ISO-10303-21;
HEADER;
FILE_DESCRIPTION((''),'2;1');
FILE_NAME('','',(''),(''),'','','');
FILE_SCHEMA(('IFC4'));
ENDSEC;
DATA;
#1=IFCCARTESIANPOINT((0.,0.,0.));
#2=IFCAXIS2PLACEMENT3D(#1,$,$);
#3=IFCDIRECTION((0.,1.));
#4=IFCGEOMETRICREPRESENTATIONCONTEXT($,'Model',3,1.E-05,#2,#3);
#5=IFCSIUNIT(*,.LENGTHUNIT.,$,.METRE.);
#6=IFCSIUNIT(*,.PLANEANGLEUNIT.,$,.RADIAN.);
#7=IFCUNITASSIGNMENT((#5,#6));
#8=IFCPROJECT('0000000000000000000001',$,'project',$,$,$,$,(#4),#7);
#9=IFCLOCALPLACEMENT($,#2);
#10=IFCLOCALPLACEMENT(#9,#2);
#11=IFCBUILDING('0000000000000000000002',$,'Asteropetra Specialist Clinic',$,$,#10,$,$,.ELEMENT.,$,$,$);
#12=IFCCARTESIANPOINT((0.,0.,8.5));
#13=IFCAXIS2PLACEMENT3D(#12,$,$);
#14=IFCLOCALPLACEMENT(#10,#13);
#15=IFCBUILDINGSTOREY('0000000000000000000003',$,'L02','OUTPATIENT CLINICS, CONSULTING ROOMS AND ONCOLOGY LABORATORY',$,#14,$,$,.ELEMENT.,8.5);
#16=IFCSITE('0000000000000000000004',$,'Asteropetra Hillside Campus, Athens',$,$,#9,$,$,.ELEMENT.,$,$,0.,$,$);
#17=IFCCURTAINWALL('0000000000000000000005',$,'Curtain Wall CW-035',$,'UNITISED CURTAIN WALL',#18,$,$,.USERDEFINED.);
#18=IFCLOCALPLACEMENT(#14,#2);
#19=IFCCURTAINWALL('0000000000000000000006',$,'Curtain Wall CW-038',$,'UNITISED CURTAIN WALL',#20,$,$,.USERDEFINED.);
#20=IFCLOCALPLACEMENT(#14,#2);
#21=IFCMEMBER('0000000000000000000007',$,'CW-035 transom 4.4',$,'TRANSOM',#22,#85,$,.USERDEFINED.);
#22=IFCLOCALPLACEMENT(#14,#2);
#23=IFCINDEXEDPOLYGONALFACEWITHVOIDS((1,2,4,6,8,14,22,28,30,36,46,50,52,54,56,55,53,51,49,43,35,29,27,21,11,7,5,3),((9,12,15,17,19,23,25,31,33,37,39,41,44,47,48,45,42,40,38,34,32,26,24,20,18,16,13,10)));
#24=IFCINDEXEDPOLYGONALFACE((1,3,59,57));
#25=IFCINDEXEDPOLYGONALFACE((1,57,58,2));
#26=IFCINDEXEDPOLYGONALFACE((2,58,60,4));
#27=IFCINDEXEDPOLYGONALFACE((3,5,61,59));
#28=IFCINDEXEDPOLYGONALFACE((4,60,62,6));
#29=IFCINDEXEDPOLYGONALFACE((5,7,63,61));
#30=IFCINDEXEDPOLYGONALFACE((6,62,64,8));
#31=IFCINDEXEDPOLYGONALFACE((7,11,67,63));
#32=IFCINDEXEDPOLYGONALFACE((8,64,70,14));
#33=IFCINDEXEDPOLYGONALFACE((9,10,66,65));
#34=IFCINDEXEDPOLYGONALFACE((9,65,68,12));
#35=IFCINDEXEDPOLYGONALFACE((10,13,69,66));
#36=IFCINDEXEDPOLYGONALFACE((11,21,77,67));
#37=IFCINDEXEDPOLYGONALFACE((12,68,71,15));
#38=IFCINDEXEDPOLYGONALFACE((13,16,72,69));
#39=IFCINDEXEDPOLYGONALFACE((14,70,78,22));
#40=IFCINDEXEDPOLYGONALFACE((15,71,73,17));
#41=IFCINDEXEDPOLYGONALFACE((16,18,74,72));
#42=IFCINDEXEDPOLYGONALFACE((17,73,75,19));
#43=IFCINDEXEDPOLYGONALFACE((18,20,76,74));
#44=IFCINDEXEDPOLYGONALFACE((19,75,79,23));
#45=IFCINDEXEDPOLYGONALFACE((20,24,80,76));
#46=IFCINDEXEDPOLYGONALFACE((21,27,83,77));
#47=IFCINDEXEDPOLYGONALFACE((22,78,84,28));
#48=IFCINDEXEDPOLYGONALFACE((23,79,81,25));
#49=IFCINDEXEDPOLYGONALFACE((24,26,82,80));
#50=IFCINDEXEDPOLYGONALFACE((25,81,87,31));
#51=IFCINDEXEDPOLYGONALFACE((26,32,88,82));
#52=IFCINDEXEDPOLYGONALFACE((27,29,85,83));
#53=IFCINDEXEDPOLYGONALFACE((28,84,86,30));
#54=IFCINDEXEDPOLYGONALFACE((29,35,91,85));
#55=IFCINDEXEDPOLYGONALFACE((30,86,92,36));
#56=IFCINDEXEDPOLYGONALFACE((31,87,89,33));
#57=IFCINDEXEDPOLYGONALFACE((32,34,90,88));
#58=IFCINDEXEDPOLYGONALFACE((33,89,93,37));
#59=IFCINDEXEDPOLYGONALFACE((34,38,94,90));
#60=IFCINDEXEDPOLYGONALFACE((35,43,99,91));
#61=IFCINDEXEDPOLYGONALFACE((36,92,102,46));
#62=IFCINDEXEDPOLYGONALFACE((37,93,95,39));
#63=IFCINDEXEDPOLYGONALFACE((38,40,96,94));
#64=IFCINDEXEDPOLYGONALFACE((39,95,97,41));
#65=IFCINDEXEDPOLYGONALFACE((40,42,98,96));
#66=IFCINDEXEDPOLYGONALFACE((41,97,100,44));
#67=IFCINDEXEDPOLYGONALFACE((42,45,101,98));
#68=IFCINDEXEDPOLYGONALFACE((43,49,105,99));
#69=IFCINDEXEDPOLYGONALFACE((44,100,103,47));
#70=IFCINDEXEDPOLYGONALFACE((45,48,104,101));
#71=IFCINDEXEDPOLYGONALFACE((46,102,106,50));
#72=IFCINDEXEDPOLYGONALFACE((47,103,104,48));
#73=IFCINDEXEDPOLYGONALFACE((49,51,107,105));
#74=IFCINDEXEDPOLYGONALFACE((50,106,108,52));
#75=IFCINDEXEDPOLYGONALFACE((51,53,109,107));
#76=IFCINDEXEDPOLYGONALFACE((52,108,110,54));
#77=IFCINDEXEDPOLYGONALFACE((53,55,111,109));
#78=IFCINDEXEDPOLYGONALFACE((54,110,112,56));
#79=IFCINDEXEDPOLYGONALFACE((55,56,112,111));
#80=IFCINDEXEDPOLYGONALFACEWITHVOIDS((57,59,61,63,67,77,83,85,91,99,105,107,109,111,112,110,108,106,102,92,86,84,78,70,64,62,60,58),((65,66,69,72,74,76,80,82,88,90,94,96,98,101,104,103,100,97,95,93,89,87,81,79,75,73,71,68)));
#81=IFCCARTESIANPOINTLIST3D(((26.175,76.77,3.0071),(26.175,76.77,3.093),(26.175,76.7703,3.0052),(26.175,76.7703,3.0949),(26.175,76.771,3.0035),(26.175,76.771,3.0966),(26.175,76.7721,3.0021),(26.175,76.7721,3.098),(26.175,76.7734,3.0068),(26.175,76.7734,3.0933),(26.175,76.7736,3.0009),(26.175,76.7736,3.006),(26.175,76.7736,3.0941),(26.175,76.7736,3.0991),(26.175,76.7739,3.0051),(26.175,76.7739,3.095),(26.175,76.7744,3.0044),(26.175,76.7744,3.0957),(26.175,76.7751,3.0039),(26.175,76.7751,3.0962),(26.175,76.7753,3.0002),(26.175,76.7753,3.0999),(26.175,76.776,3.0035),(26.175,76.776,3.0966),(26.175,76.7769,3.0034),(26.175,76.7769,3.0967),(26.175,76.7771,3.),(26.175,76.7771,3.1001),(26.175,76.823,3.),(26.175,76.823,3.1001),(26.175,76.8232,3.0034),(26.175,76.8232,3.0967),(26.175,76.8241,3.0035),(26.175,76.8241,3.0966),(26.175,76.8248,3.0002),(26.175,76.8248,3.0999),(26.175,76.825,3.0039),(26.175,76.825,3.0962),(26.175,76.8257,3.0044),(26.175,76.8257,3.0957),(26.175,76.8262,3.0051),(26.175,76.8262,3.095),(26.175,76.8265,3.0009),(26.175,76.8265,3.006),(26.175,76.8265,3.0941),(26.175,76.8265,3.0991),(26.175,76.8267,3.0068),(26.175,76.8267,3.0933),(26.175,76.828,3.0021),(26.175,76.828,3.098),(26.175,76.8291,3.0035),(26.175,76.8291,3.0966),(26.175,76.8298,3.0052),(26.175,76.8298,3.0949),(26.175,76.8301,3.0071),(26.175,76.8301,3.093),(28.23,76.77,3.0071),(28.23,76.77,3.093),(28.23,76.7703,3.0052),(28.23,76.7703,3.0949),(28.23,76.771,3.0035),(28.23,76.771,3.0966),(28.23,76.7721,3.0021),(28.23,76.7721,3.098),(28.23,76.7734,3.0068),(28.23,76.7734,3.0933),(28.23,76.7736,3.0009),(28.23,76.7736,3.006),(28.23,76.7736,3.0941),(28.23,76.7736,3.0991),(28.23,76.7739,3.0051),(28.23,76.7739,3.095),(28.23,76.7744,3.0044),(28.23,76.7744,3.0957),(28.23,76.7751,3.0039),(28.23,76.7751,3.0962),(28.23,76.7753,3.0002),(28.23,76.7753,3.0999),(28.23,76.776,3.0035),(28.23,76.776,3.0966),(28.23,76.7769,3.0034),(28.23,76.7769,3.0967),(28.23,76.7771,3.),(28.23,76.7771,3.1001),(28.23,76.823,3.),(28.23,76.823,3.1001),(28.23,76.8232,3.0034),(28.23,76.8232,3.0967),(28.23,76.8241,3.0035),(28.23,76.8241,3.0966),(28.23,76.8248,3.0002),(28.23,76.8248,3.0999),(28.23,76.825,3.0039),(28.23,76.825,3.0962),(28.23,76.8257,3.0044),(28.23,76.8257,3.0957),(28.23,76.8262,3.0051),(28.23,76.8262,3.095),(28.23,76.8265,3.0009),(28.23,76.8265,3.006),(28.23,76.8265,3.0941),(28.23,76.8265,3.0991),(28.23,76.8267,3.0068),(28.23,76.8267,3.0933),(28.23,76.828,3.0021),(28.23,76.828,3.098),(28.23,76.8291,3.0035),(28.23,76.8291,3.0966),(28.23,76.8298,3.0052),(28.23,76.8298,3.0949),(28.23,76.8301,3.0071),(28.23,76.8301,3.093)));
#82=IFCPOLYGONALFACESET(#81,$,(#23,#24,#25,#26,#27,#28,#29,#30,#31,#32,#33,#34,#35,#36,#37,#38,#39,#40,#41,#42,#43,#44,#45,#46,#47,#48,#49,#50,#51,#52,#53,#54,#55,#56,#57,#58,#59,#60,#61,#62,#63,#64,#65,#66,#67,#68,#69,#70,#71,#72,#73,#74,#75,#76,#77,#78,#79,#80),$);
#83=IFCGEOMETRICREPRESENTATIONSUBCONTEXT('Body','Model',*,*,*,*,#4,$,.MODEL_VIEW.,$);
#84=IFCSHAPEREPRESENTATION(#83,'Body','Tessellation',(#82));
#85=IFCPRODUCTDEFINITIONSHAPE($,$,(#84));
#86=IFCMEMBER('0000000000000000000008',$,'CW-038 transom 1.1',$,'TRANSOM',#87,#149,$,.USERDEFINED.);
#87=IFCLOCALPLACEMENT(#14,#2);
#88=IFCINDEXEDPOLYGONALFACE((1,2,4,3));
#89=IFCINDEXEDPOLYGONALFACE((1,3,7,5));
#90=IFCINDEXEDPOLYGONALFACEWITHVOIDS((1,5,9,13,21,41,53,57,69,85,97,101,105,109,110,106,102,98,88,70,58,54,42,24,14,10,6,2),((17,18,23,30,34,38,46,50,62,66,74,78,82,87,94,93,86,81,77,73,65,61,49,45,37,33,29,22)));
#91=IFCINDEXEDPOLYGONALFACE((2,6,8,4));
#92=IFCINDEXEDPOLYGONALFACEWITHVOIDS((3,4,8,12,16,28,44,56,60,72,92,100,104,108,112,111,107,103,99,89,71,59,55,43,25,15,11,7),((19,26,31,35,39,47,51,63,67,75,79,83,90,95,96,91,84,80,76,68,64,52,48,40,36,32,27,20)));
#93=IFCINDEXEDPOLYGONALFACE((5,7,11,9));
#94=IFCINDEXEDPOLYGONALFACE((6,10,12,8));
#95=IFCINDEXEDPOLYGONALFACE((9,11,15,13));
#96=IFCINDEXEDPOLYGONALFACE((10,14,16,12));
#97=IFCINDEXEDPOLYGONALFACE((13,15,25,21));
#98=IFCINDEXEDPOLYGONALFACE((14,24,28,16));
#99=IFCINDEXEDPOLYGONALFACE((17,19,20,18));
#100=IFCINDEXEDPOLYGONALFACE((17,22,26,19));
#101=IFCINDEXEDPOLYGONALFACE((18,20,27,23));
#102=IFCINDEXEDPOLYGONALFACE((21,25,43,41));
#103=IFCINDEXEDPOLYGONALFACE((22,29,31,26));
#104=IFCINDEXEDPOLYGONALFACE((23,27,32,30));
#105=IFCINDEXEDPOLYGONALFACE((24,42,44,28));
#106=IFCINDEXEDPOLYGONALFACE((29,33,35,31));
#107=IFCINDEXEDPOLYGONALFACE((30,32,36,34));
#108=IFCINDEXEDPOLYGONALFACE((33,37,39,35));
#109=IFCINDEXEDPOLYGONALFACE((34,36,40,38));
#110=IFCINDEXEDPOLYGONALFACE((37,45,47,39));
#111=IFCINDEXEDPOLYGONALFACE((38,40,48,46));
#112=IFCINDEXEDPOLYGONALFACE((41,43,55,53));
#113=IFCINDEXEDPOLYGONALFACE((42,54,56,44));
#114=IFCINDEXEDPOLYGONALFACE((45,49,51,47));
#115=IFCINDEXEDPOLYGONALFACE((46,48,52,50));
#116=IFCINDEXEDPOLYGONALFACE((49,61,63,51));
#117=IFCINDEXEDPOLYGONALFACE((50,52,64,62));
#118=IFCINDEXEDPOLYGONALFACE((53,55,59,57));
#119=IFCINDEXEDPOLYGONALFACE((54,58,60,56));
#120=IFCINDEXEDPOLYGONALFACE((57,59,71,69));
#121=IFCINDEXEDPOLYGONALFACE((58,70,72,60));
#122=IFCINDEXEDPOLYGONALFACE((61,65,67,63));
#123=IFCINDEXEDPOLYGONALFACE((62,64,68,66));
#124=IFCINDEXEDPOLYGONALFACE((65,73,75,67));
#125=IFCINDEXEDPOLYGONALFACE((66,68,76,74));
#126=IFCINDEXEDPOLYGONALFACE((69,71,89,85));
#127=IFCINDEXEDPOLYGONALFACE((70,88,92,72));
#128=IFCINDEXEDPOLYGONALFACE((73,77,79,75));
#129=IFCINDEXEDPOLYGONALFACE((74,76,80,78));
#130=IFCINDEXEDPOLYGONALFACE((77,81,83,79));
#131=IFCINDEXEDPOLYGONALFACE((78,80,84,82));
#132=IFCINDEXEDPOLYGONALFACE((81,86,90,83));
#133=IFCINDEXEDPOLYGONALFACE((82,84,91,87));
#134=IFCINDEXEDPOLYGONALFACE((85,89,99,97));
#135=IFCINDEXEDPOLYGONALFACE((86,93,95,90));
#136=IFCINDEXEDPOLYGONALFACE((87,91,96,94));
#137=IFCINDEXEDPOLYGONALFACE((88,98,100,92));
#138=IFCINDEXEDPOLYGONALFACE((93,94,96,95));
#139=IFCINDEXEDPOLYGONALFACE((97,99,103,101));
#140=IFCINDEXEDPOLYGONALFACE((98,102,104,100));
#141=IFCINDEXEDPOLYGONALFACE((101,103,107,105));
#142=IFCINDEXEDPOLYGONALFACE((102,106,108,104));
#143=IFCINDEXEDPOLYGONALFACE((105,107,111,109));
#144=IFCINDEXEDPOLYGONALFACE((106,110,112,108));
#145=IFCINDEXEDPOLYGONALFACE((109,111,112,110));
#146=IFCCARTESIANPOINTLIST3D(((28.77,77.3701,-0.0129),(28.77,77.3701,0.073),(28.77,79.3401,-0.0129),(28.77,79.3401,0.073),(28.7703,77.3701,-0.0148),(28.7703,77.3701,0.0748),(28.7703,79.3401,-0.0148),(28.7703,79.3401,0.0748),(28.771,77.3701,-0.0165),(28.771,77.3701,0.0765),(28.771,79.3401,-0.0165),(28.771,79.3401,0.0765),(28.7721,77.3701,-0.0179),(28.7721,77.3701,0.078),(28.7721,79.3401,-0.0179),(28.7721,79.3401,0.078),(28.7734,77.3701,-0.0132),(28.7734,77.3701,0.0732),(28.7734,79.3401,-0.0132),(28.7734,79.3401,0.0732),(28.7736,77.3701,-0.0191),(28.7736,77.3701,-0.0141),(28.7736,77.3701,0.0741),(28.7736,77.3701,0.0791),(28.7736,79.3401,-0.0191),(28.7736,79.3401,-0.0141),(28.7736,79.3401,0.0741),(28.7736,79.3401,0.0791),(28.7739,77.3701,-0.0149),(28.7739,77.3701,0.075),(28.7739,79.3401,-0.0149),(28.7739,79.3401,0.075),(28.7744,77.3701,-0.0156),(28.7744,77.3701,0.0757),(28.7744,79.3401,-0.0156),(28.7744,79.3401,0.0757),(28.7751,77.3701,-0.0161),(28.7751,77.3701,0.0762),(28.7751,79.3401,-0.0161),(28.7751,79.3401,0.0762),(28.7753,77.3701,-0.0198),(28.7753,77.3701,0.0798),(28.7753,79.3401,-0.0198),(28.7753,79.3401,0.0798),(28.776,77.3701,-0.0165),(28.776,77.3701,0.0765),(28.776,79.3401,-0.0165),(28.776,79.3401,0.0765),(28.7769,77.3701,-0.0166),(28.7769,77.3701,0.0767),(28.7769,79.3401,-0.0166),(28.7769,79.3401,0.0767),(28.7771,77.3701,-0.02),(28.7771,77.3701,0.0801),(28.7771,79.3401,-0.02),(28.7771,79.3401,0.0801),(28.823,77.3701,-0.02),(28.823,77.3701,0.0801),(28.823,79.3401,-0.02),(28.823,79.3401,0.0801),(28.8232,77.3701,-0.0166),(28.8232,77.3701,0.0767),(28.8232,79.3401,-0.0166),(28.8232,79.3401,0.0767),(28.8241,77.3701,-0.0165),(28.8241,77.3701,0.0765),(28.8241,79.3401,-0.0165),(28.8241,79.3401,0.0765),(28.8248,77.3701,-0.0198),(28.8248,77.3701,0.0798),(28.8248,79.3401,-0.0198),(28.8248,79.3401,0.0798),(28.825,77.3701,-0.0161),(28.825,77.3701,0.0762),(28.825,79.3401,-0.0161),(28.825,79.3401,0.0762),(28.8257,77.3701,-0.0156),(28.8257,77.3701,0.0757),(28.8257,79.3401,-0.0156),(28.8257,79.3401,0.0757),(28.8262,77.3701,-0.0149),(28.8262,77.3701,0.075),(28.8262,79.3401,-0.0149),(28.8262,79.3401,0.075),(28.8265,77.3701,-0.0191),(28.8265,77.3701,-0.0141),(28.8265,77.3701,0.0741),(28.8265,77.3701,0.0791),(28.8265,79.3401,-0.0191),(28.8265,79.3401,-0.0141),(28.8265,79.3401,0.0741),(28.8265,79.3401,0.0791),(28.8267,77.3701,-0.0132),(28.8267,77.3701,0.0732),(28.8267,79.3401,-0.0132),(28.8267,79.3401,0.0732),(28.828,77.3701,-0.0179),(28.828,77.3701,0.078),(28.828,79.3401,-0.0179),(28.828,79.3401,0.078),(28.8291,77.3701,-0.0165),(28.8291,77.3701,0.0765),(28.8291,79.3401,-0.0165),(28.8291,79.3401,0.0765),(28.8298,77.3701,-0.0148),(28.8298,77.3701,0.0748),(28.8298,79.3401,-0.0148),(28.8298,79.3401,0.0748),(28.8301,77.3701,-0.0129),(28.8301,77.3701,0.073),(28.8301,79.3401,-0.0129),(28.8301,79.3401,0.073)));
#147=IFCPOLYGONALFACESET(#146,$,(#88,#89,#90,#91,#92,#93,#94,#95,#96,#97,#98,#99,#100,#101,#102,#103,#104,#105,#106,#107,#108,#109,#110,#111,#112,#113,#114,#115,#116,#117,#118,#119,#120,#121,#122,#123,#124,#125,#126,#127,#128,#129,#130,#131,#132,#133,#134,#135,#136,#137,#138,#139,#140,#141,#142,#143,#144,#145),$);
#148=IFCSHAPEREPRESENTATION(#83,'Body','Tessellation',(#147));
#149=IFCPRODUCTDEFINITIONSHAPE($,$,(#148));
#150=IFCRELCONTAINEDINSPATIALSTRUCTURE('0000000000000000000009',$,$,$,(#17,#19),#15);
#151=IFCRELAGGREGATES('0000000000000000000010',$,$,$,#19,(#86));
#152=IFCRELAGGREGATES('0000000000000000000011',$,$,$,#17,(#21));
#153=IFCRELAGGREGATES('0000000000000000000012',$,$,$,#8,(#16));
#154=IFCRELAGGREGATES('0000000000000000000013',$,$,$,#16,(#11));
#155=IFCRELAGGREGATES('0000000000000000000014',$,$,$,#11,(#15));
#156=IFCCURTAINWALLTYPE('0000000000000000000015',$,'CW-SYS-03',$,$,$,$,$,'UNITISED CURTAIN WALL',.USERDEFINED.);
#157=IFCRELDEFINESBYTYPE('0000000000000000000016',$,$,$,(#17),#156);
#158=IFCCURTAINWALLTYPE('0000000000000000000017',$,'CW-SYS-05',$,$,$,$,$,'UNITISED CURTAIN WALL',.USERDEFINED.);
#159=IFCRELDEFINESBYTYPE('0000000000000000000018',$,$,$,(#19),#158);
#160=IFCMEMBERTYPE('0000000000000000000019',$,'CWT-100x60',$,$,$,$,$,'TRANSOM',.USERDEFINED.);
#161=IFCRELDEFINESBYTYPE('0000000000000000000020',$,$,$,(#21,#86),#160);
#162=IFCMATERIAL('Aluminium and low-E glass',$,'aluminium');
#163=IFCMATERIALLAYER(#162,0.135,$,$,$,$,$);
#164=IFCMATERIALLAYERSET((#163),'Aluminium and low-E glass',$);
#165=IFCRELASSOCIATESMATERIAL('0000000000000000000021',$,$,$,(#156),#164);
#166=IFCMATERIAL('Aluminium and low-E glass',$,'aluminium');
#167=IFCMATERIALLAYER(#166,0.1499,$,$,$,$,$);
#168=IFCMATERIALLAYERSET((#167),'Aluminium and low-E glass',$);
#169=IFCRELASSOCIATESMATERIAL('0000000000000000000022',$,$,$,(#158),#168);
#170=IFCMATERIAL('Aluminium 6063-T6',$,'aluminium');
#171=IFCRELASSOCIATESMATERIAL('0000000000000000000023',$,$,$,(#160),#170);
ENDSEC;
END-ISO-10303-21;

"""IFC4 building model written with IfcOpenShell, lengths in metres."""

from ifc_helpers import new_model, si_unit, direction, frame, origin, origin_2d, place, context, subcontext, project, spatial, hollow_rectangle, extrude, material, layer, layer_set, material_profile, profile_set, type_object, element, aggregate, save


model = new_model("IFC4")

# Units and contexts
model_context = context("Model", 3, precision=1e-05, world=origin(), true_north=direction((0.0, 1.0)))
body_context = subcontext(model_context, "Body", "Model", "MODEL_VIEW")
ifc_project = project(units=[si_unit("LENGTHUNIT", "METRE"), si_unit("PLANEANGLEUNIT", "RADIAN")], contexts=[model_context])

# Site, building, storey
site_placement = place(None, origin())
site = spatial("IfcSite", under=ifc_project, at=site_placement, Name="Asteropetra Hillside Campus, Athens", CompositionType="ELEMENT", RefElevation=0.0)
building_placement = place(site_placement, origin())
building = spatial("IfcBuilding", under=site, at=building_placement, Name="Asteropetra Specialist Clinic", CompositionType="ELEMENT")
storey_placement = place(building_placement, frame((0.0, 0.0, 8.5)))
storey = spatial("IfcBuildingStorey", under=building, at=storey_placement, Name="L02", Description="OUTPATIENT CLINICS, CONSULTING ROOMS AND ONCOLOGY LABORATORY", CompositionType="ELEMENT", Elevation=8.5)

# Curtain walls
ifc_material_1 = material(Name="Aluminium and low-E glass", Category="aluminium")
ifc_layer_1 = layer(ifc_material_1, 0.135)
ifc_layer_set_1 = layer_set([ifc_layer_1], Name="Aluminium and low-E glass")
curtain_wall_type_1 = type_object("IfcCurtainWallType", Name="CW-SYS-03", ElementType="UNITISED CURTAIN WALL", PredefinedType="USERDEFINED", material=ifc_layer_set_1)
curtain_wall_1_placement = place(storey_placement, origin())
curtain_wall_1 = element("IfcCurtainWall", 1, at=curtain_wall_1_placement, inside=storey, type_object=curtain_wall_type_1, Name="Curtain Wall CW-035", ObjectType="UNITISED CURTAIN WALL", PredefinedType="USERDEFINED")
ifc_material_2 = material(Name="Aluminium and low-E glass", Category="aluminium")
ifc_layer_2 = layer(ifc_material_2, 0.1499)
ifc_layer_set_2 = layer_set([ifc_layer_2], Name="Aluminium and low-E glass")
curtain_wall_type_2 = type_object("IfcCurtainWallType", Name="CW-SYS-05", ElementType="UNITISED CURTAIN WALL", PredefinedType="USERDEFINED", material=ifc_layer_set_2)
curtain_wall_2_placement = place(storey_placement, origin())
curtain_wall_2 = element("IfcCurtainWall", 2, at=curtain_wall_2_placement, inside=storey, type_object=curtain_wall_type_2, Name="Curtain Wall CW-038", ObjectType="UNITISED CURTAIN WALL", PredefinedType="USERDEFINED")

# Members
ifc_material_3 = material(Name="Aluminium 6063-T6", Category="aluminium")
ifc_material_profile_1 = material_profile(ifc_material_3, hollow_rectangle(XDim=0.0601, YDim=0.1001, WallThickness=0.0034, InnerFilletRadius=0.0034, OuterFilletRadius=0.0071, at=origin_2d()), Name="TRN 100x60x3.5")
ifc_profile_set_1 = profile_set([ifc_material_profile_1], Name="Aluminium 6063-T6")
member_type_1 = type_object("IfcMemberType", Name="CWT-100x60", ElementType="TRANSOM", PredefinedType="USERDEFINED", material=ifc_profile_set_1)
member_1_placement = place(storey_placement, frame((26.175, 76.8, 3.05), z_axis=(1.0, 0.0, 0.0), x_axis=(0.0, 1.0, 0.0)))
member_1 = element("IfcMember", 3, at=member_1_placement, type_object=member_type_1, Name="CW-035 transom 4.4", ObjectType="TRANSOM", PredefinedType="USERDEFINED", context=body_context, shape_type="SweptSolid", body=[
    extrude(hollow_rectangle(XDim=0.0601, YDim=0.1001, WallThickness=0.0034, InnerFilletRadius=0.0034, OuterFilletRadius=0.0071, at=origin_2d()), origin(), (0.0, 0.0, 1.0), 2.0549),
])
member_2_placement = place(storey_placement, frame((28.8, 77.3701, 0.03), z_axis=(0.0, 1.0, 0.0), x_axis=(-1.0, 0.0, 0.0)))
member_2 = element("IfcMember", 4, at=member_2_placement, type_object=member_type_1, Name="CW-038 transom 1.1", ObjectType="TRANSOM", PredefinedType="USERDEFINED", context=body_context, shape_type="SweptSolid", body=[
    extrude(hollow_rectangle(XDim=0.0601, YDim=0.1001, WallThickness=0.0034, InnerFilletRadius=0.0034, OuterFilletRadius=0.0071, at=origin_2d()), origin(), (0.0, 0.0, 1.0), 1.97),
])

aggregate(curtain_wall_2, [member_2])
aggregate(curtain_wall_1, [member_1])

save(model, "model.ifc")
